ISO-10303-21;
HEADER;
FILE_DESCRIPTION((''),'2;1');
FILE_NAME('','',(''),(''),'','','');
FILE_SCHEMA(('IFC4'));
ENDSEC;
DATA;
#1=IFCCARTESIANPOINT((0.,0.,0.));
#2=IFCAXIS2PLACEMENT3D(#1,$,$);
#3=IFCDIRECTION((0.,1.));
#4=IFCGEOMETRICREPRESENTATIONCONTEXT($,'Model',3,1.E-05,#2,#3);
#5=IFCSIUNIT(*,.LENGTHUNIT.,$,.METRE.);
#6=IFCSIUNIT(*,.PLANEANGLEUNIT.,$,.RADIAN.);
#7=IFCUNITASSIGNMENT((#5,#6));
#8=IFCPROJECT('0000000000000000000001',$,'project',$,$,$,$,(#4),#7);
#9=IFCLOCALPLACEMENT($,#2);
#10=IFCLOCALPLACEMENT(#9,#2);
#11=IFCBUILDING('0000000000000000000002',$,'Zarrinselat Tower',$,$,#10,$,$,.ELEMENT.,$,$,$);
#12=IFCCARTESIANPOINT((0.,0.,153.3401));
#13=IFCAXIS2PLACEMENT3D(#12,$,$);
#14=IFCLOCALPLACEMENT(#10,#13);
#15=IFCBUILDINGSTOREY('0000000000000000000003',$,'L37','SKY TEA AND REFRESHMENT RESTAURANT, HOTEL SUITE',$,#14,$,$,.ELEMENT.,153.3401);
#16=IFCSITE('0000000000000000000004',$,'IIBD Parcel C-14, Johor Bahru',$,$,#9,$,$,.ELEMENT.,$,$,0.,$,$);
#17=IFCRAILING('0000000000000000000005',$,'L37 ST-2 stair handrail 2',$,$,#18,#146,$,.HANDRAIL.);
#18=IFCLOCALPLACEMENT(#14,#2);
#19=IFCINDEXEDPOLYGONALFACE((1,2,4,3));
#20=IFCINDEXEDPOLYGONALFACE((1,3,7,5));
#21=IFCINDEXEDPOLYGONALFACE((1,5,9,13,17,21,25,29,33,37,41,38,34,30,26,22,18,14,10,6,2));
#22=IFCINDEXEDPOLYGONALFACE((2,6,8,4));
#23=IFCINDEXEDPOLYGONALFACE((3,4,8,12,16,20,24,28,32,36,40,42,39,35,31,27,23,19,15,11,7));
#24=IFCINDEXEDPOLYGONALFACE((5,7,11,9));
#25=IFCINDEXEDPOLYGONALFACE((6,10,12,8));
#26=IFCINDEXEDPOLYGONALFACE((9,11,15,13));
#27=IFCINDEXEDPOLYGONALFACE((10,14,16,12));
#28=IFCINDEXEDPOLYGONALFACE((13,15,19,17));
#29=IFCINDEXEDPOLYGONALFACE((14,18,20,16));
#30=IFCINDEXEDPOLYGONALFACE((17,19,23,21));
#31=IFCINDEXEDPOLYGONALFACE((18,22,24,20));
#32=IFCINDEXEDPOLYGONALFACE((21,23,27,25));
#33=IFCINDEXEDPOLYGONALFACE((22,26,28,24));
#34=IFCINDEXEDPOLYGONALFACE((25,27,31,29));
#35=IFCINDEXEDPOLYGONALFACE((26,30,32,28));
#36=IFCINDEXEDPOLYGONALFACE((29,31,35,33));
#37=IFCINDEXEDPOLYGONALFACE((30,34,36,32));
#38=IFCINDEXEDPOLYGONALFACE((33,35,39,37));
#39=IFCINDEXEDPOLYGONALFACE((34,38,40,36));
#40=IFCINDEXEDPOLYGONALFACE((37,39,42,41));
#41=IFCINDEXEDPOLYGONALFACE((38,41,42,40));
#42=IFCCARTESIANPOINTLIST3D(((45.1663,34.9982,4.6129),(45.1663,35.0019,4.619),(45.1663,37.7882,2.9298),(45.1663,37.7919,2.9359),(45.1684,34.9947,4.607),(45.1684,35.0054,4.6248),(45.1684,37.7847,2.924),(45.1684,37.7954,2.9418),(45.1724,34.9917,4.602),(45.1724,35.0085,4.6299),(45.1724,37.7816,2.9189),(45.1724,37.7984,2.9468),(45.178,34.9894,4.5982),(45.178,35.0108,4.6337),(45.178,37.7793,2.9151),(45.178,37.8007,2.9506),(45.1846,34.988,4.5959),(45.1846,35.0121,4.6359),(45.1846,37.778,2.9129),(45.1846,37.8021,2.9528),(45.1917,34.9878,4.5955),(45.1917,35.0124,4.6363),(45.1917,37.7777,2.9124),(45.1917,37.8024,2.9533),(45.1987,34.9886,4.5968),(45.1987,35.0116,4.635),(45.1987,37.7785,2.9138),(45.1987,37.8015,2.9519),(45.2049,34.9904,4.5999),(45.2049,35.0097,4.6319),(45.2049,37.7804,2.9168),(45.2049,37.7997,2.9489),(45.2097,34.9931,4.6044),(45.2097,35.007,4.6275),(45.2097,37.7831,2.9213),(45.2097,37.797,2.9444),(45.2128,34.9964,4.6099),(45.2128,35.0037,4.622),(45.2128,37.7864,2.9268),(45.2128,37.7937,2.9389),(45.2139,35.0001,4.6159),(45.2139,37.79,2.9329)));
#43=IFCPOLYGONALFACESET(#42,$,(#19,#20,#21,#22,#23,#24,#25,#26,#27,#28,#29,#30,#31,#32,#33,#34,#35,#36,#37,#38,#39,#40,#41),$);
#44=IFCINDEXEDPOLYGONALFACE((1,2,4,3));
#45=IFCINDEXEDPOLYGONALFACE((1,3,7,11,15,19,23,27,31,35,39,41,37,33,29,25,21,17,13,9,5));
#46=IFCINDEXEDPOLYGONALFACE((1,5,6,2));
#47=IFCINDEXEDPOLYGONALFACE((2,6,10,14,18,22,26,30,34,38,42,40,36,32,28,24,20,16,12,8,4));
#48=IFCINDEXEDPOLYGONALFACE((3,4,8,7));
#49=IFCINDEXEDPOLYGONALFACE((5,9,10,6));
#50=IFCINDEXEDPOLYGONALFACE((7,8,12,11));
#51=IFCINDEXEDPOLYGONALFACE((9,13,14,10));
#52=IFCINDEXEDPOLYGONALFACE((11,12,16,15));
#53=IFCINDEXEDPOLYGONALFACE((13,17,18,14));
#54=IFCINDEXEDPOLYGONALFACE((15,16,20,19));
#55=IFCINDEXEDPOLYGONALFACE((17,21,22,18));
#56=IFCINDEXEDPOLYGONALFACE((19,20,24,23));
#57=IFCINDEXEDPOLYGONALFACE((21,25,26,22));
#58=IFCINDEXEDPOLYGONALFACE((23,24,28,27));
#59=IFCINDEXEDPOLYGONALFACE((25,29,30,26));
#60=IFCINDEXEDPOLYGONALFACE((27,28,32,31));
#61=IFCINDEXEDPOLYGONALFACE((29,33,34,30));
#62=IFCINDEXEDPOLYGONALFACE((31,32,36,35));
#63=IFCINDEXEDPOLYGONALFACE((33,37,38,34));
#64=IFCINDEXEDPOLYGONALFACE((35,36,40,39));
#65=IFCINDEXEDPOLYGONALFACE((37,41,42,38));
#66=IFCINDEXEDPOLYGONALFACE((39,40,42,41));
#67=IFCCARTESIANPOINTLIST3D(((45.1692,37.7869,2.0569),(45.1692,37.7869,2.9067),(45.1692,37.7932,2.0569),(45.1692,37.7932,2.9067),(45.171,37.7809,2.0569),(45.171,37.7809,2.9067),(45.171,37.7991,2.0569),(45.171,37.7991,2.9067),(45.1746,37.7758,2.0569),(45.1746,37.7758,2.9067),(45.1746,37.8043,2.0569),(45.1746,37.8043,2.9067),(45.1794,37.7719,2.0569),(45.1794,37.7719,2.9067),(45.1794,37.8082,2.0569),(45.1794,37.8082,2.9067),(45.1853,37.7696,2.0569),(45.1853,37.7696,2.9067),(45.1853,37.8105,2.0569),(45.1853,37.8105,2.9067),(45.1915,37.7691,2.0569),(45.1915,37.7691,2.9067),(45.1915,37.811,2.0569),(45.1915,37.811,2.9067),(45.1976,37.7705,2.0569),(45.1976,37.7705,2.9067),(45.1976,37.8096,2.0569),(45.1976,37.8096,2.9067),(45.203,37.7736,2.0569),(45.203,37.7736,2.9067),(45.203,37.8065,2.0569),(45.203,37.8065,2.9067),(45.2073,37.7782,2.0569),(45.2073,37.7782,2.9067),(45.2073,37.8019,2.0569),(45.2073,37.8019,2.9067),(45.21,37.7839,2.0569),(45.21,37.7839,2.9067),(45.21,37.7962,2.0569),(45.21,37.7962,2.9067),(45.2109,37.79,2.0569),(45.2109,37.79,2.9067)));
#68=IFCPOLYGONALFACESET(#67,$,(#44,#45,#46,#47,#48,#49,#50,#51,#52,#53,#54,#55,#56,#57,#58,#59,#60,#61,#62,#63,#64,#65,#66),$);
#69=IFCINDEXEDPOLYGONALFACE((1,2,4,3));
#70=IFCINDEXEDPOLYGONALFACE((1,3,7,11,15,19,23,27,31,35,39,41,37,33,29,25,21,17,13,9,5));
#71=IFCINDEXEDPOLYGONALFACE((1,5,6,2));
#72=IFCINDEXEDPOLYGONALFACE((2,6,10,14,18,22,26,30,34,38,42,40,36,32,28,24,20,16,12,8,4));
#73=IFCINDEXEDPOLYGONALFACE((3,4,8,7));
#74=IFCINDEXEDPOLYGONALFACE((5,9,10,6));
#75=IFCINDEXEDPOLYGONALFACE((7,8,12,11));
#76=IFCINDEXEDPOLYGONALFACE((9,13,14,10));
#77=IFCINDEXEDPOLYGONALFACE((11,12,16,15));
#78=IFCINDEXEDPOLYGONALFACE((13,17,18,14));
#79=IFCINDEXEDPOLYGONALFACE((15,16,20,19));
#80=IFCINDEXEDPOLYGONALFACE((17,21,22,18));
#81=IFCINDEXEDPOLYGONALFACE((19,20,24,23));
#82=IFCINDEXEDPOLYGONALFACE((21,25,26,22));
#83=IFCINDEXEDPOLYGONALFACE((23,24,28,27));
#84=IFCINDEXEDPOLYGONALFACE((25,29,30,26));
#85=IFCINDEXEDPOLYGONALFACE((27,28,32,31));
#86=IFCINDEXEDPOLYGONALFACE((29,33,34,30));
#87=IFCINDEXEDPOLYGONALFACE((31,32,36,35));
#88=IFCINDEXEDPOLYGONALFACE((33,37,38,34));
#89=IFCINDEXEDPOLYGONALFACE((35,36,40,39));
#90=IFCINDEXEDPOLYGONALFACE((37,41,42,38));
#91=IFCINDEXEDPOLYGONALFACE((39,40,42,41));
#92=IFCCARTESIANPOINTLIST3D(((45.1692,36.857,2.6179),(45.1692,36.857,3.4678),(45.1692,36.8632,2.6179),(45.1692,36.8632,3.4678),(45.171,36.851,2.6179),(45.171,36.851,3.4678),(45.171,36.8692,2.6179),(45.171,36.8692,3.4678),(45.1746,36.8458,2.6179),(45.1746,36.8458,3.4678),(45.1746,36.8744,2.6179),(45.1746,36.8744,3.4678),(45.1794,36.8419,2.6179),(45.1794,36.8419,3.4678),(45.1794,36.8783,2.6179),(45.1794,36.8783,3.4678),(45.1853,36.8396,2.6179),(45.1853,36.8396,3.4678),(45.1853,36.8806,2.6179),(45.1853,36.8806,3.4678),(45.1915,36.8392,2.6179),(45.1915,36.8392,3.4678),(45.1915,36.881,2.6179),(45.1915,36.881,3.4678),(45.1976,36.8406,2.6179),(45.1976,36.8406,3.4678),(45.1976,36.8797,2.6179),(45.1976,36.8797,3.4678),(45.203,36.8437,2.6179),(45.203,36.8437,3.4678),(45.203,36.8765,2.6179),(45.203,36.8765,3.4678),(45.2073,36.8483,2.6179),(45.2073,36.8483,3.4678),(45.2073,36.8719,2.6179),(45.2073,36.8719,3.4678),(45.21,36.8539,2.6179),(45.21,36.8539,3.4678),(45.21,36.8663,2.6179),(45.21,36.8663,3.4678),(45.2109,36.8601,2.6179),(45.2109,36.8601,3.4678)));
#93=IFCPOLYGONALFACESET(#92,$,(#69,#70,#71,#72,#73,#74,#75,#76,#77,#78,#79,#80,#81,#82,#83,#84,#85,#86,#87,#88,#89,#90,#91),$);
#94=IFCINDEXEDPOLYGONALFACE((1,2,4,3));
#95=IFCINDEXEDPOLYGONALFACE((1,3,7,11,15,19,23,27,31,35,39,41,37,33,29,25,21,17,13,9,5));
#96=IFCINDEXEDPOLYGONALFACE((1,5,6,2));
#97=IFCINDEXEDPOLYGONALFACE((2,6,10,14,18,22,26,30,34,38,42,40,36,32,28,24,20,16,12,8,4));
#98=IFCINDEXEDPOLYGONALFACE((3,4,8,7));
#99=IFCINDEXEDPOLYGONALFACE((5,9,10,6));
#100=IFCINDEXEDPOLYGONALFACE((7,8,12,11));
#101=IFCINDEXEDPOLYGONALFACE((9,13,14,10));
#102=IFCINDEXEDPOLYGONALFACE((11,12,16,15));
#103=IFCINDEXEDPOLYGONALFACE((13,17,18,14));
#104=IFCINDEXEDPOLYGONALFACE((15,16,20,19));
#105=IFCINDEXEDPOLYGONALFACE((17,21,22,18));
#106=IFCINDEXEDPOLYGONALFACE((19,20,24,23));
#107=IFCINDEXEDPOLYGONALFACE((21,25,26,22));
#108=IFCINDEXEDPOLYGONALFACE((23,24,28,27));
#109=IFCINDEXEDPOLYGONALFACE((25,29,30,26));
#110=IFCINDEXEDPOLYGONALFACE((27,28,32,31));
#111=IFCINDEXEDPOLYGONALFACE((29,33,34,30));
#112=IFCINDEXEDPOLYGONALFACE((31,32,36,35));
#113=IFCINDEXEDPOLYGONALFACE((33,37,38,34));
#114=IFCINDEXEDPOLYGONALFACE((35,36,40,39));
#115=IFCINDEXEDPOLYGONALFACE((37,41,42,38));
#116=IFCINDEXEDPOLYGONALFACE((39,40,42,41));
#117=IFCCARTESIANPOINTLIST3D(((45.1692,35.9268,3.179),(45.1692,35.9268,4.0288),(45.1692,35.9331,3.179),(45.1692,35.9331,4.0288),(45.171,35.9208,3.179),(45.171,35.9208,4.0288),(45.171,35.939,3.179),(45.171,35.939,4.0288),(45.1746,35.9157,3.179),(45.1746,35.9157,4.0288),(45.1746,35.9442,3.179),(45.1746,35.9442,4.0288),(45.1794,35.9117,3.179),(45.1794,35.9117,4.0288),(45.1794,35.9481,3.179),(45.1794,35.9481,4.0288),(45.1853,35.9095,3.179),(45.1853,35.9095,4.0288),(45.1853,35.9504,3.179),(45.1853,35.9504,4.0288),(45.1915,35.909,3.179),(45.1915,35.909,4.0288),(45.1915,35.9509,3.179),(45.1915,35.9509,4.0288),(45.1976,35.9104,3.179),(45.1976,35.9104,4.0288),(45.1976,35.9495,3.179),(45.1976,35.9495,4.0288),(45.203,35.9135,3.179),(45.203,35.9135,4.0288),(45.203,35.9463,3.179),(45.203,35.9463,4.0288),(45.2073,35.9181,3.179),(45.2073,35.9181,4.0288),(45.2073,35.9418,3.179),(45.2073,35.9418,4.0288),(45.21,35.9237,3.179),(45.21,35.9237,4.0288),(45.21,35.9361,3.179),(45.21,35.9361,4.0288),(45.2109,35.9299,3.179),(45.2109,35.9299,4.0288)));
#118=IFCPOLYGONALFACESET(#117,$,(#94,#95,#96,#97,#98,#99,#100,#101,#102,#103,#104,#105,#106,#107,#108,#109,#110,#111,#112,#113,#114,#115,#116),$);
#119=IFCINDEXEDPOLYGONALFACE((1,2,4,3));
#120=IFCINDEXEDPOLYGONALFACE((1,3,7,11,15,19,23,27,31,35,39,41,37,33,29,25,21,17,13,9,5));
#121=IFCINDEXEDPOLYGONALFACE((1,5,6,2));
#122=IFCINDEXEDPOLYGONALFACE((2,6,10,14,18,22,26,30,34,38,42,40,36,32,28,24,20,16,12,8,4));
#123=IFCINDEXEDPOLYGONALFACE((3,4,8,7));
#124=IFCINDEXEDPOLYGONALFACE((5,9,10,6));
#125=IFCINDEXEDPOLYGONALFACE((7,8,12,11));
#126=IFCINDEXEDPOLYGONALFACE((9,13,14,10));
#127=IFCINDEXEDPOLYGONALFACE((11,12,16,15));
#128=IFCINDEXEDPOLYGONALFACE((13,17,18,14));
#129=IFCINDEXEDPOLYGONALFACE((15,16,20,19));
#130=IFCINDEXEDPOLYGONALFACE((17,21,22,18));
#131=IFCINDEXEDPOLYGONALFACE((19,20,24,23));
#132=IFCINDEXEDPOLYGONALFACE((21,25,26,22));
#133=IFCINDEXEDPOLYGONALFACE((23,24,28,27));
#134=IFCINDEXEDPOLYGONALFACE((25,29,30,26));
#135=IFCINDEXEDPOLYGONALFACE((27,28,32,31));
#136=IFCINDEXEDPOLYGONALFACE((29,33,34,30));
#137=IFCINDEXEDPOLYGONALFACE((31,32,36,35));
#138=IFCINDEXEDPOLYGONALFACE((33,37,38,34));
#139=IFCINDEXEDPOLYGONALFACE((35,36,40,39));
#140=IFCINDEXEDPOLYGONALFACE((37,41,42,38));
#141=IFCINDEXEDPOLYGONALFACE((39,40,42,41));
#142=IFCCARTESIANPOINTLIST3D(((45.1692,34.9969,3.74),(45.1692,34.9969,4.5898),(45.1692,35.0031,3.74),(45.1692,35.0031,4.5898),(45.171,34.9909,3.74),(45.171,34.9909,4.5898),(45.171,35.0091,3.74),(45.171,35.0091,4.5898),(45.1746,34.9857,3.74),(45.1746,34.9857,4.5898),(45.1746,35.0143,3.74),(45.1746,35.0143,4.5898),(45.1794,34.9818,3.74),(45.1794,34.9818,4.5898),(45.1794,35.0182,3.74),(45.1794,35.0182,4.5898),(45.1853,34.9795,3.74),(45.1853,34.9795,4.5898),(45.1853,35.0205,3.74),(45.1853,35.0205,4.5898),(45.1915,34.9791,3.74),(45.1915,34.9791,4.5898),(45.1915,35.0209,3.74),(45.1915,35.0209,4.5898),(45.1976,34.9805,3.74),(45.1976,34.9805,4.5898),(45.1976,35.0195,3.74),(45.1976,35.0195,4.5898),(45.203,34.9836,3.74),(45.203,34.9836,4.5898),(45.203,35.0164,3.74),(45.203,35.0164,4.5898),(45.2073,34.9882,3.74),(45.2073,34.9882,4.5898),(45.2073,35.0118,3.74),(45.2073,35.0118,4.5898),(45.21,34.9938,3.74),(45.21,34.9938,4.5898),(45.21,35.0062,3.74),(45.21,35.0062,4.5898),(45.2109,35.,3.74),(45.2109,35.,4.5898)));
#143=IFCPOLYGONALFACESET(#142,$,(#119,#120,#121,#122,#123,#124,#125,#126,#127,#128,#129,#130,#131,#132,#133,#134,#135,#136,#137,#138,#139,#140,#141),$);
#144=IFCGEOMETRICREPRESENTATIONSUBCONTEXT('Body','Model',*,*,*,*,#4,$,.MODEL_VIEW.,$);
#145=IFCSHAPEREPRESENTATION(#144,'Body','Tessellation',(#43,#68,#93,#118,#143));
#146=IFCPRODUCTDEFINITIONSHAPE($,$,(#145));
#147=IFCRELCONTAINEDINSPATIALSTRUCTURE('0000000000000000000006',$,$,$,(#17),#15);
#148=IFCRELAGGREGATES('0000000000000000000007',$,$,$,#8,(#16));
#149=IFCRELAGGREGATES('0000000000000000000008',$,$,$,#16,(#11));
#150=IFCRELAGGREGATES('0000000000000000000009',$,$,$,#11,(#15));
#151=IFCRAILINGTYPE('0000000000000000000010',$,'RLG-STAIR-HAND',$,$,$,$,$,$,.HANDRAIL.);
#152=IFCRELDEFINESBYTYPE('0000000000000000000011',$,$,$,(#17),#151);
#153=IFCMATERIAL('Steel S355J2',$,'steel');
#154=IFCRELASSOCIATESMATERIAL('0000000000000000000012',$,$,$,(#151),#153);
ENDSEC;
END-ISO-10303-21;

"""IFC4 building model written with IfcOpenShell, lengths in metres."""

from ifc_helpers import new_model, si_unit, direction, frame, origin, origin_2d, place, context, subcontext, project, spatial, circle, extrude, material, type_object, element, save


model = new_model("IFC4")

# Units and contexts
model_context = context("Model", 3, precision=1e-05, world=origin(), true_north=direction((0.0, 1.0)))
body_context = subcontext(model_context, "Body", "Model", "MODEL_VIEW")
ifc_project = project(units=[si_unit("LENGTHUNIT", "METRE"), si_unit("PLANEANGLEUNIT", "RADIAN")], contexts=[model_context])

# Site, building, storey
site_placement = place(None, origin())
site = spatial("IfcSite", under=ifc_project, at=site_placement, Name="IIBD Parcel C-14, Johor Bahru", CompositionType="ELEMENT", RefElevation=0.0)
building_placement = place(site_placement, origin())
building = spatial("IfcBuilding", under=site, at=building_placement, Name="Zarrinselat Tower", CompositionType="ELEMENT")
storey_placement = place(building_placement, frame((0.0, 0.0, 153.3401)))
storey = spatial("IfcBuildingStorey", under=building, at=storey_placement, Name="L37", Description="SKY TEA AND REFRESHMENT RESTAURANT, HOTEL SUITE", CompositionType="ELEMENT", Elevation=153.3401)

# Railing
ifc_material_1 = material(Name="Steel S355J2", Category="steel")
railing_type_1 = type_object("IfcRailingType", Name="RLG-STAIR-HAND", PredefinedType="HANDRAIL", material=ifc_material_1)
railing_1_placement = place(storey_placement, frame((45.1899, 37.79, 2.0569)))
element("IfcRailing", 1, at=railing_1_placement, inside=storey, type_object=railing_type_1, Name="L37 ST-2 stair handrail 2", PredefinedType="HANDRAIL", context=body_context, shape_type="SweptSolid", body=[
    extrude(circle(Radius=0.0239, at=origin_2d()), frame((0.0, 0.0, 0.876), z_axis=(0.0, -0.856261, 0.516544), x_axis=(1.0, 0.0, 0.0)), (0.0, 0.0, 1.0), 3.2583),
    extrude(circle(Radius=0.021, at=origin_2d()), origin(), (0.0, 0.0, 1.0), 0.8499),
    extrude(circle(Radius=0.021, at=origin_2d()), frame((0.0, -0.9299, 0.561)), (0.0, 0.0, 1.0), 0.8499),
    extrude(circle(Radius=0.021, at=origin_2d()), frame((0.0, -1.8601, 1.1221)), (0.0, 0.0, 1.0), 0.8499),
    extrude(circle(Radius=0.021, at=origin_2d()), frame((0.0, -2.79, 1.6831)), (0.0, 0.0, 1.0), 0.8499),
])

save(model, "model.ifc")
